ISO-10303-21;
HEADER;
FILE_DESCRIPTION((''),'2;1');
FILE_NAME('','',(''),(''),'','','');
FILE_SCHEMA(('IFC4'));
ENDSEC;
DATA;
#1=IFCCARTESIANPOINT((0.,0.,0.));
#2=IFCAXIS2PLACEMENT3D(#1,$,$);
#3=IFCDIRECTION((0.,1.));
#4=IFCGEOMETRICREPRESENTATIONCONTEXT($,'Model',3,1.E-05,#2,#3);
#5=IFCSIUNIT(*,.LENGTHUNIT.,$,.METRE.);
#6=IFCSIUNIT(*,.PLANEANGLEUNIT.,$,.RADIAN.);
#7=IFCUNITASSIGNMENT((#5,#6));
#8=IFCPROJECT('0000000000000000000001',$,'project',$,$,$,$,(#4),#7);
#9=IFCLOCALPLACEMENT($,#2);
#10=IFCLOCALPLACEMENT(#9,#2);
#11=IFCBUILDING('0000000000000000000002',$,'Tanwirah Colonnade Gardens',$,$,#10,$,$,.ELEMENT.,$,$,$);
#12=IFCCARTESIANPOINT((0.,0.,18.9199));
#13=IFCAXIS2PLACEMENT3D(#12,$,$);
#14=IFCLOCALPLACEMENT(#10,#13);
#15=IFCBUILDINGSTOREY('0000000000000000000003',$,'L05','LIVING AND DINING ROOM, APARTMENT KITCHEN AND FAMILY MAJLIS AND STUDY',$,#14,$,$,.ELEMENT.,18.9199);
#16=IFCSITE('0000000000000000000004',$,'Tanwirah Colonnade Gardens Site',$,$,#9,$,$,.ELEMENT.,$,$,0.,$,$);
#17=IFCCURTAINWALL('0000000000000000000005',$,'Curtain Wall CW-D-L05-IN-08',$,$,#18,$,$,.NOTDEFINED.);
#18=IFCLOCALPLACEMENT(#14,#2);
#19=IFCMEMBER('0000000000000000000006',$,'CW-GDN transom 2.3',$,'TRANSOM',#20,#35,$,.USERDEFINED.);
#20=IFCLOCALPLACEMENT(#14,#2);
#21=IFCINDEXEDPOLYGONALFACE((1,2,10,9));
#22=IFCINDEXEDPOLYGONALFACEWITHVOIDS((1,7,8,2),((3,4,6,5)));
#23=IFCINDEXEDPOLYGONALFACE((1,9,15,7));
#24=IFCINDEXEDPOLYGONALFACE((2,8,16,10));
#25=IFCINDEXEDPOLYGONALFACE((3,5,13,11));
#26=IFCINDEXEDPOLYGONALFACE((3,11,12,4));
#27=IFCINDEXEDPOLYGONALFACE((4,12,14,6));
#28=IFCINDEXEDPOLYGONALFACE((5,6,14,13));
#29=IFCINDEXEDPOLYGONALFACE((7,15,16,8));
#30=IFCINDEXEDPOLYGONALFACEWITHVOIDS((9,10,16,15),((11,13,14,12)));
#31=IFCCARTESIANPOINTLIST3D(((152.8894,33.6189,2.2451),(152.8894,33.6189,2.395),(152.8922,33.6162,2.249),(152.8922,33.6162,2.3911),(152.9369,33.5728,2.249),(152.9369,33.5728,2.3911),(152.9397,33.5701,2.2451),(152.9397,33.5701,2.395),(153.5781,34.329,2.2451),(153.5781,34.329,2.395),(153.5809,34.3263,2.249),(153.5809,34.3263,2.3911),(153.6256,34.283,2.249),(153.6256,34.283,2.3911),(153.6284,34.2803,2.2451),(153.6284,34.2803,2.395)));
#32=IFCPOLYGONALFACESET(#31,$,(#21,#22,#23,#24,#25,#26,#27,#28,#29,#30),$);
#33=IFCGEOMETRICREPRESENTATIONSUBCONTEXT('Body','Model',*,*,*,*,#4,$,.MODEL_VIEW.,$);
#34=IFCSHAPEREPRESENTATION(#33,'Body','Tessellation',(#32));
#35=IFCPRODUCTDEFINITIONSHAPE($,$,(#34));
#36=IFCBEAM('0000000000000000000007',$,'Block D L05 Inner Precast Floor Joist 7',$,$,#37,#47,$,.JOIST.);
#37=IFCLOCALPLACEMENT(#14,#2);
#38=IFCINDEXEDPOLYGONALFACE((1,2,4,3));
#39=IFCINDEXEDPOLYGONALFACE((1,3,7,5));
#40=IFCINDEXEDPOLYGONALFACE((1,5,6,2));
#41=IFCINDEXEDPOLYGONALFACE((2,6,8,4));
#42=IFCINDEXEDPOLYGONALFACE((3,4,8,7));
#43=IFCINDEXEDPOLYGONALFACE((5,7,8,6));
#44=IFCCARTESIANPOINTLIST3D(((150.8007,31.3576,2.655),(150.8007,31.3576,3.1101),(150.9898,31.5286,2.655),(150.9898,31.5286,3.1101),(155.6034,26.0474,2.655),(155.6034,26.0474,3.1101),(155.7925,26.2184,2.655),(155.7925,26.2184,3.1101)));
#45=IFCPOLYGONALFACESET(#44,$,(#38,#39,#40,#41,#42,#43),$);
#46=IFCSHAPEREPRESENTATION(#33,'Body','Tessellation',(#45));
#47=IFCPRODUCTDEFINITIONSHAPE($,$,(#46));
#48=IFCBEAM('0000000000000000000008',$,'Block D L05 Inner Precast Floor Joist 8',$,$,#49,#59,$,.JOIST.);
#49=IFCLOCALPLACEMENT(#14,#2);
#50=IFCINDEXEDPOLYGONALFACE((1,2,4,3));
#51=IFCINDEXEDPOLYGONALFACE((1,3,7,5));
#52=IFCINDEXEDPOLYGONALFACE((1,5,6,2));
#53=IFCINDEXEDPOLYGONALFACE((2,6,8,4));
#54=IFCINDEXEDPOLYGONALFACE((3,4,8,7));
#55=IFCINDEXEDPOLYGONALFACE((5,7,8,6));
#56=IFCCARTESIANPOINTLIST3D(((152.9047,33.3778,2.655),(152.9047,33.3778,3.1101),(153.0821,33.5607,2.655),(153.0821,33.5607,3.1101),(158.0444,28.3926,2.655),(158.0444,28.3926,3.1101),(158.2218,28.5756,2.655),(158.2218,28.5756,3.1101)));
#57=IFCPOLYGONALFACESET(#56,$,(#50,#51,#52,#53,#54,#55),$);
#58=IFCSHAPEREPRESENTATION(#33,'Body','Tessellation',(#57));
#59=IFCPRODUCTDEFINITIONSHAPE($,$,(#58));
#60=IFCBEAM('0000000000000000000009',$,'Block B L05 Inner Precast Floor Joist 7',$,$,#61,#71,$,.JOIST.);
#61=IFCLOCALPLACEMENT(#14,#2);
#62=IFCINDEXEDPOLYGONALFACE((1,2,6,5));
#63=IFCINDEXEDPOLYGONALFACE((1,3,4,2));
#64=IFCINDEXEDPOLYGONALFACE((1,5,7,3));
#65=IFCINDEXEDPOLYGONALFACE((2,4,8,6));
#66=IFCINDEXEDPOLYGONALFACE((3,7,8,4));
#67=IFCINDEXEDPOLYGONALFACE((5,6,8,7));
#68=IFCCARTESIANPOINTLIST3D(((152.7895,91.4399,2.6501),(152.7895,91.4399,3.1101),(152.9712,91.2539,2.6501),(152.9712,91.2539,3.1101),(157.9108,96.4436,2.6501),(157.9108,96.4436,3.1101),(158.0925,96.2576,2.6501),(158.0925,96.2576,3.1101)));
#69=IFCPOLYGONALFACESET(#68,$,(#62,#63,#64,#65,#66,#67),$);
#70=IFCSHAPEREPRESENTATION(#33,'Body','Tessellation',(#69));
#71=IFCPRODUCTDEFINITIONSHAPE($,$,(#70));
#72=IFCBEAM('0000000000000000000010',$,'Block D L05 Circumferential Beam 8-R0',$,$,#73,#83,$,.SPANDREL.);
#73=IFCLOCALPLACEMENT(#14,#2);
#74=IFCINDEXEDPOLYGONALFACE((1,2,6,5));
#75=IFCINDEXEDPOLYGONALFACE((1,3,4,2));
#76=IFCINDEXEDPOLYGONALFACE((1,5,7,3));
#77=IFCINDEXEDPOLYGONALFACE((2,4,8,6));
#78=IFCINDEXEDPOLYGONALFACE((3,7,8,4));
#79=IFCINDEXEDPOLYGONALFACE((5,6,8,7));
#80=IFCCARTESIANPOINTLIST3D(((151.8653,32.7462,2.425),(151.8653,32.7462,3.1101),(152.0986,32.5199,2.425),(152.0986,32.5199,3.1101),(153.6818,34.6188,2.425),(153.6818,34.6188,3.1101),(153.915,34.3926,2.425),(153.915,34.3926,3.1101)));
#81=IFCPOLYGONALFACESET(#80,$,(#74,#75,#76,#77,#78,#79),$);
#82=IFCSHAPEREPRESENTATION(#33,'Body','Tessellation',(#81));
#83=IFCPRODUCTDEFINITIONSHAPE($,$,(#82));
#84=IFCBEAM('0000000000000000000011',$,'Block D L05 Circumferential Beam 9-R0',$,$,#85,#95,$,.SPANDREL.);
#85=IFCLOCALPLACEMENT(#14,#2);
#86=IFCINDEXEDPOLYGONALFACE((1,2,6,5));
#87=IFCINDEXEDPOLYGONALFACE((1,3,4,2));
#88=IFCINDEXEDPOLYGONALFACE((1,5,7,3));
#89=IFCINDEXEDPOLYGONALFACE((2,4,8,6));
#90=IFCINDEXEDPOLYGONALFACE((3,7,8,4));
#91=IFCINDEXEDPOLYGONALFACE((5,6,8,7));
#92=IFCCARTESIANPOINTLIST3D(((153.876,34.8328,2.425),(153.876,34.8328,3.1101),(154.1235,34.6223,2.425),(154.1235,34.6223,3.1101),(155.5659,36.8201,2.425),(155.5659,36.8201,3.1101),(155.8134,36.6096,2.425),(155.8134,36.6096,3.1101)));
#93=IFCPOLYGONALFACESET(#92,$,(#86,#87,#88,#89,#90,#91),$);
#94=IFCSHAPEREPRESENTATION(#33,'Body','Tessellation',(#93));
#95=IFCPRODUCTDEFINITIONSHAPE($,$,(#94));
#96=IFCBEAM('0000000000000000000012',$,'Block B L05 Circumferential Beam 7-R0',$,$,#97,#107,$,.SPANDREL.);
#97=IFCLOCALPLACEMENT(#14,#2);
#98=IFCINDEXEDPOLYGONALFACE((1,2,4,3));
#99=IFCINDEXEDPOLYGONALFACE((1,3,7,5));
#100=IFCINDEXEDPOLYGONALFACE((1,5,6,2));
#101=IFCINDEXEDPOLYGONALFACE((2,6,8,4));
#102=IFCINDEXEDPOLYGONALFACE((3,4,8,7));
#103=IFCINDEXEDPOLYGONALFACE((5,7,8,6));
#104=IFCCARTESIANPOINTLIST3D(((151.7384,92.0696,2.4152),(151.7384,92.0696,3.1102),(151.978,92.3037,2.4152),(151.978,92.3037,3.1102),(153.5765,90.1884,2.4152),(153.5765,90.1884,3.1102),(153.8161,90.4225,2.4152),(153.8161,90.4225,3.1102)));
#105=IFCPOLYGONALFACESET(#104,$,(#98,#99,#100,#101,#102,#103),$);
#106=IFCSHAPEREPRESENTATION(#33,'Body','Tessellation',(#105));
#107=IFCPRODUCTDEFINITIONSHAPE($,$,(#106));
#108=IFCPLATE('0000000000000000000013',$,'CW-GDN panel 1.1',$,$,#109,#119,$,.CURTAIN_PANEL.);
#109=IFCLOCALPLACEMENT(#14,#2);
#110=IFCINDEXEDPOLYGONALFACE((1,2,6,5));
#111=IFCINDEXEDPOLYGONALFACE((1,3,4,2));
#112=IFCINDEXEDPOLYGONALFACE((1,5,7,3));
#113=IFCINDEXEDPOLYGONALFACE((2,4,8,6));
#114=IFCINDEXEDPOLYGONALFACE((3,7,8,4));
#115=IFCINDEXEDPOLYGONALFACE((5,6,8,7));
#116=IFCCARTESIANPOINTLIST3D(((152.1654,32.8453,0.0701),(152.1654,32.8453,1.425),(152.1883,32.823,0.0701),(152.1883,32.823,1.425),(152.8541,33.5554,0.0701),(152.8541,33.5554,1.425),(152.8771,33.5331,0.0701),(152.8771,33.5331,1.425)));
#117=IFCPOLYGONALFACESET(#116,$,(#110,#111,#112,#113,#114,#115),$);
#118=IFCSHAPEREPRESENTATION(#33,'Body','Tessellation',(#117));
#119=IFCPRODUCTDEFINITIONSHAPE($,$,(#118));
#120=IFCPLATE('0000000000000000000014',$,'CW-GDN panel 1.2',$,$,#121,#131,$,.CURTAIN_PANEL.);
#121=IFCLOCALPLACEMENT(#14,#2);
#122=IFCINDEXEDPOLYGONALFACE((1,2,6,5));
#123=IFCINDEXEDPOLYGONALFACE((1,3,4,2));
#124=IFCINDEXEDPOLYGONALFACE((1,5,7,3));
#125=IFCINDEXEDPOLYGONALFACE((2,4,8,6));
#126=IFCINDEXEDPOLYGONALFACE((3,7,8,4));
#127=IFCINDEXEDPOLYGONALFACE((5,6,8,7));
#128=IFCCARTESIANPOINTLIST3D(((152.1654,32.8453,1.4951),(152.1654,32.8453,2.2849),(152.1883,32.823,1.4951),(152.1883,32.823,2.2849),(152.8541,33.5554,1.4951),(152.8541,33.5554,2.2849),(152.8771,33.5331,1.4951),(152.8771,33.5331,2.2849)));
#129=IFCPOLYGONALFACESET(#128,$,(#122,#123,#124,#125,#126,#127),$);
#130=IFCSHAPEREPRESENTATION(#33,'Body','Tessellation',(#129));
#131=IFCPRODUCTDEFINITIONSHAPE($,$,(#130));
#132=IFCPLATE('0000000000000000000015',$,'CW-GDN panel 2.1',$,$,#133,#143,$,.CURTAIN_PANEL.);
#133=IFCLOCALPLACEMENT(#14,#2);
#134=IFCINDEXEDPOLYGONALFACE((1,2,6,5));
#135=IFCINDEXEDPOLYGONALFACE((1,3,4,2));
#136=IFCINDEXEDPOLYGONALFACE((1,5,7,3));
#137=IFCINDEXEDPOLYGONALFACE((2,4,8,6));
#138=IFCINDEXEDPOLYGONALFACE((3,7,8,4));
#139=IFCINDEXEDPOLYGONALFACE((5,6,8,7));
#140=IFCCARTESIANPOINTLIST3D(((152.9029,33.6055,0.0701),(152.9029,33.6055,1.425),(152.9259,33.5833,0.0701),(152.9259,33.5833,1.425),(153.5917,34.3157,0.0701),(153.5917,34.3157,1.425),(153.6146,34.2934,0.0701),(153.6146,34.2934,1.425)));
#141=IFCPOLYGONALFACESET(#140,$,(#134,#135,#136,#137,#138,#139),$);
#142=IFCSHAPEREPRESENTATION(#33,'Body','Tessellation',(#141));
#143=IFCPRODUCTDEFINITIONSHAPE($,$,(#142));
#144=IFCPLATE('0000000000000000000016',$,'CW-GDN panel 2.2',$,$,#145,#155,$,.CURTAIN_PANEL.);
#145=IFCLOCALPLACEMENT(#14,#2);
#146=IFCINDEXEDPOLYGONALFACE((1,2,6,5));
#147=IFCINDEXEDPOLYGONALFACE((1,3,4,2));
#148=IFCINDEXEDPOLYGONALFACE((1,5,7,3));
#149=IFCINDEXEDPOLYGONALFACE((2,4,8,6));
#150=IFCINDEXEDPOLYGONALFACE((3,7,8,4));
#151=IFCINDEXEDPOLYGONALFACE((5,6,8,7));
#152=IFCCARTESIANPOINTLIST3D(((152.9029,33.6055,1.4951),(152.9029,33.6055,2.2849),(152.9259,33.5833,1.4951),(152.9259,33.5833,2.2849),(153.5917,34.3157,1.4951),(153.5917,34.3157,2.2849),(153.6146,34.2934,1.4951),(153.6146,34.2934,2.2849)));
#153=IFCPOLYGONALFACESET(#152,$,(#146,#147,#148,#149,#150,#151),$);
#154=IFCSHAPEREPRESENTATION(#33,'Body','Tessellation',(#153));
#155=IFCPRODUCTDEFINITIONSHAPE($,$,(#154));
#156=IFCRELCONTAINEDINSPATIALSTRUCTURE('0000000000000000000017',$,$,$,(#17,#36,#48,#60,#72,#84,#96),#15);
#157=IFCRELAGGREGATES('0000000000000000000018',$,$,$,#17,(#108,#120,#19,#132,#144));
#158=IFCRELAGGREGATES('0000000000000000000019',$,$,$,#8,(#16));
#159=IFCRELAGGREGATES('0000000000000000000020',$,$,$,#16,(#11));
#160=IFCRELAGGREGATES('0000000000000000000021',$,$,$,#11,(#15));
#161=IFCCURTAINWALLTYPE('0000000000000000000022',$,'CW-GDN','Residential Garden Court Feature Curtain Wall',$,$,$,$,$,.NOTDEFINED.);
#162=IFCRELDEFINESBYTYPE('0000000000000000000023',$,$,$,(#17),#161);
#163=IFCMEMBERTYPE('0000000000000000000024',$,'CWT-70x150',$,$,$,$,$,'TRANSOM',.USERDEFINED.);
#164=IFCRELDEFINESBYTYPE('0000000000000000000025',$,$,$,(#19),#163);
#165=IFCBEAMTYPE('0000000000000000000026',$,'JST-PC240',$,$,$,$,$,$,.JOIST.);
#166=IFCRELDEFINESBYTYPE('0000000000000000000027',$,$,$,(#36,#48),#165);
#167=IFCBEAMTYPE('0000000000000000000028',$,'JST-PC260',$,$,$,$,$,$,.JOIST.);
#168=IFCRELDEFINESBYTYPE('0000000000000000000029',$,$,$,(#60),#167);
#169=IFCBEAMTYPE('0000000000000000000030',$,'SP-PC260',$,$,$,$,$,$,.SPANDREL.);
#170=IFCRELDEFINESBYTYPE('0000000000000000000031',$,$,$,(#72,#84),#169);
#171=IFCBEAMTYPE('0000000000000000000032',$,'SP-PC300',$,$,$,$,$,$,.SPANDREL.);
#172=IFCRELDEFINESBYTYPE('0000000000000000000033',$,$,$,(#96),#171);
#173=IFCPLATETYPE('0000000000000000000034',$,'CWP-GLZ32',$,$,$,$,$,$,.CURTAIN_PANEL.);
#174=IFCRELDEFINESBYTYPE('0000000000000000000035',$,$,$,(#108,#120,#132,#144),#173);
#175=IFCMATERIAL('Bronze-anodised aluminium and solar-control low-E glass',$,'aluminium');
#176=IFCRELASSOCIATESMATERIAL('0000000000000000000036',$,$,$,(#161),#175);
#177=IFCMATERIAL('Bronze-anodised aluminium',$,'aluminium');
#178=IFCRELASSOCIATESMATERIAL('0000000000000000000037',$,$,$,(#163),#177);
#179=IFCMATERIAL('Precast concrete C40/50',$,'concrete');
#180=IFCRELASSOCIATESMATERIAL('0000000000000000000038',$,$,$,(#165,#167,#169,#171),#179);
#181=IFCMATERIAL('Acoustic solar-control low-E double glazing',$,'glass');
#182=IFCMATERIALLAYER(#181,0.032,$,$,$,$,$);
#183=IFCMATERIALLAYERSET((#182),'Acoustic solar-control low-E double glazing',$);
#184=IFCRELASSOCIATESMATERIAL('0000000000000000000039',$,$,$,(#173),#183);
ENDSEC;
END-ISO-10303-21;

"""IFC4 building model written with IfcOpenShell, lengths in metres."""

from ifc_helpers import new_model, si_unit, direction, frame, origin, origin_2d, place, context, subcontext, project, spatial, rectangle, hollow_rectangle, extrude, material, layer, layer_set, material_profile, profile_set, type_object, element, aggregate, save


model = new_model("IFC4")

# Units and contexts
model_context = context("Model", 3, precision=1e-05, world=origin(), true_north=direction((0.0, 1.0)))
body_context = subcontext(model_context, "Body", "Model", "MODEL_VIEW")
ifc_project = project(units=[si_unit("LENGTHUNIT", "METRE"), si_unit("PLANEANGLEUNIT", "RADIAN")], contexts=[model_context])

# Site, building, storey
site_placement = place(None, origin())
site = spatial("IfcSite", under=ifc_project, at=site_placement, Name="Tanwirah Colonnade Gardens Site", CompositionType="ELEMENT", RefElevation=0.0)
building_placement = place(site_placement, origin())
building = spatial("IfcBuilding", under=site, at=building_placement, Name="Tanwirah Colonnade Gardens", CompositionType="ELEMENT")
storey_placement = place(building_placement, frame((0.0, 0.0, 18.9199)))
storey = spatial("IfcBuildingStorey", under=building, at=storey_placement, Name="L05", Description="LIVING AND DINING ROOM, APARTMENT KITCHEN AND FAMILY MAJLIS AND STUDY", CompositionType="ELEMENT", Elevation=18.9199)

# Shared definitions
ifc_material_1 = material(Name="Precast concrete C40/50", Category="concrete")

# Curtain wall, member
ifc_material_2 = material(Name="Bronze-anodised aluminium and solar-control low-E glass", Category="aluminium")
curtain_wall_type = type_object("IfcCurtainWallType", Name="CW-GDN", Description="Residential Garden Court Feature Curtain Wall", PredefinedType="NOTDEFINED", material=ifc_material_2)
curtain_wall_placement = place(storey_placement, origin())
curtain_wall = element("IfcCurtainWall", 1, at=curtain_wall_placement, inside=storey, type_object=curtain_wall_type, Name="Curtain Wall CW-D-L05-IN-08", PredefinedType="NOTDEFINED")
ifc_material_3 = material(Name="Bronze-anodised aluminium", Category="aluminium")
ifc_material_profile_1 = material_profile(ifc_material_3, hollow_rectangle(XDim=0.0701, YDim=0.1499, WallThickness=0.0039, at=origin_2d()), Name="CW-TRN 70x150x4")
ifc_profile_set_1 = profile_set([ifc_material_profile_1], Name="Bronze-anodised aluminium")
member_type_1 = type_object("IfcMemberType", Name="CWT-70x150", ElementType="TRANSOM", PredefinedType="USERDEFINED", material=ifc_profile_set_1)
member_1_placement = place(storey_placement, frame((152.9146, 33.5945, 2.3201), z_axis=(0.696165, 0.717882, 0.0), x_axis=(-0.717882, 0.696165, 0.0)))
member_1 = element("IfcMember", 2, at=member_1_placement, type_object=member_type_1, Name="CW-GDN transom 2.3", ObjectType="TRANSOM", PredefinedType="USERDEFINED", context=body_context, shape_type="SweptSolid", body=[
    extrude(hollow_rectangle(XDim=0.0701, YDim=0.1499, WallThickness=0.0039, at=origin_2d()), origin(), (0.0, 0.0, 1.0), 0.9893),
])

# Beams
ifc_material_profile_2 = material_profile(ifc_material_1, rectangle(XDim=0.2549, YDim=0.4551, at=origin_2d()), Name="PC-JST 255x455")
ifc_profile_set_2 = profile_set([ifc_material_profile_2], Name="Precast concrete C40/50")
beam_type_1 = type_object("IfcBeamType", Name="JST-PC240", PredefinedType="JOIST", material=ifc_profile_set_2)
beam_1_placement = place(storey_placement, frame((150.8953, 31.4431, 2.8826), z_axis=(0.670773, -0.741663, 0.0), x_axis=(0.741663, 0.670773, 0.0)))
element("IfcBeam", 3, at=beam_1_placement, inside=storey, type_object=beam_type_1, Name="Block D L05 Inner Precast Floor Joist 7", PredefinedType="JOIST", context=body_context, shape_type="SweptSolid", body=[
    extrude(rectangle(XDim=0.2549, YDim=0.4551, at=origin_2d()), origin(), (0.0, 0.0, 1.0), 7.1599),
])
beam_2_placement = place(storey_placement, frame((152.9934, 33.4692, 2.8826), z_axis=(0.717816, -0.696233, 0.0), x_axis=(0.696233, 0.717816, 0.0)))
element("IfcBeam", 4, at=beam_2_placement, inside=storey, type_object=beam_type_1, Name="Block D L05 Inner Precast Floor Joist 8", PredefinedType="JOIST", context=body_context, shape_type="SweptSolid", body=[
    extrude(rectangle(XDim=0.2549, YDim=0.4551, at=origin_2d()), origin(), (0.0, 0.0, 1.0), 7.1602),
])
ifc_material_profile_3 = material_profile(ifc_material_1, rectangle(XDim=0.26, YDim=0.46, at=origin_2d()), Name="PC-JST 260x460")
ifc_profile_set_3 = profile_set([ifc_material_profile_3], Name="Precast concrete C40/50")
beam_type_2 = type_object("IfcBeamType", Name="JST-PC260", PredefinedType="JOIST", material=ifc_profile_set_3)
beam_3_placement = place(storey_placement, frame((152.8804, 91.3469, 2.8801), z_axis=(0.715277, 0.698841, 0.0), x_axis=(-0.698841, 0.715277, 0.0)))
element("IfcBeam", 5, at=beam_3_placement, inside=storey, type_object=beam_type_2, Name="Block B L05 Inner Precast Floor Joist 7", PredefinedType="JOIST", context=body_context, shape_type="SweptSolid", body=[
    extrude(rectangle(XDim=0.26, YDim=0.46, at=origin_2d()), origin(), (0.0, 0.0, 1.0), 7.1599),
])
ifc_material_profile_4 = material_profile(ifc_material_1, rectangle(XDim=0.325, YDim=0.6851, at=origin_2d()), Name="PC-SP 325x685")
ifc_profile_set_4 = profile_set([ifc_material_profile_4], Name="Precast concrete C40/50")
beam_type_3 = type_object("IfcBeamType", Name="SP-PC260", PredefinedType="SPANDREL", material=ifc_profile_set_4)
beam_4_placement = place(storey_placement, frame((151.9819, 32.6331, 2.7676), z_axis=(0.696263, 0.717787, 0.0), x_axis=(-0.717787, 0.696263, 0.0)))
element("IfcBeam", 6, at=beam_4_placement, inside=storey, type_object=beam_type_3, Name="Block D L05 Circumferential Beam 8-R0", PredefinedType="SPANDREL", context=body_context, shape_type="SweptSolid", body=[
    extrude(rectangle(XDim=0.325, YDim=0.6851, at=origin_2d()), origin(), (0.0, 0.0, 1.0), 2.6089),
])
beam_5_placement = place(storey_placement, frame((153.9998, 34.7275, 2.7676), z_axis=(0.647811, 0.761801, 0.0), x_axis=(-0.761801, 0.647811, 0.0)))
element("IfcBeam", 7, at=beam_5_placement, inside=storey, type_object=beam_type_3, Name="Block D L05 Circumferential Beam 9-R0", PredefinedType="SPANDREL", context=body_context, shape_type="SweptSolid", body=[
    extrude(rectangle(XDim=0.325, YDim=0.6851, at=origin_2d()), origin(), (0.0, 0.0, 1.0), 2.6086),
])
ifc_material_profile_5 = material_profile(ifc_material_1, rectangle(XDim=0.335, YDim=0.6951, at=origin_2d()), Name="PC-SP 335x695")
ifc_profile_set_5 = profile_set([ifc_material_profile_5], Name="Precast concrete C40/50")
beam_type_4 = type_object("IfcBeamType", Name="SP-PC300", PredefinedType="SPANDREL", material=ifc_profile_set_5)
beam_6_placement = place(storey_placement, frame((153.6963, 90.3054, 2.7627), z_axis=(-0.698844, 0.715274, 0.0), x_axis=(-0.715274, -0.698844, 0.0)))
element("IfcBeam", 8, at=beam_6_placement, inside=storey, type_object=beam_type_4, Name="Block B L05 Circumferential Beam 7-R0", PredefinedType="SPANDREL", context=body_context, shape_type="SweptSolid", body=[
    extrude(rectangle(XDim=0.335, YDim=0.6951, at=origin_2d()), origin(), (0.0, 0.0, 1.0), 2.6301),
])

# Plates
ifc_material_4 = material(Name="Acoustic solar-control low-E double glazing", Category="glass")
ifc_layer_1 = layer(ifc_material_4, 0.032)
ifc_layer_set_1 = layer_set([ifc_layer_1], Name="Acoustic solar-control low-E double glazing")
plate_type = type_object("IfcPlateType", Name="CWP-GLZ32", PredefinedType="CURTAIN_PANEL", material=ifc_layer_set_1)
plate_1_placement = place(storey_placement, frame((152.5212, 33.1892, 0.0701), z_axis=(0.0, 0.0, 1.0), x_axis=(0.696223, 0.717825, 0.0)))
plate_1 = element("IfcPlate", 9, at=plate_1_placement, type_object=plate_type, Name="CW-GDN panel 1.1", PredefinedType="CURTAIN_PANEL", context=body_context, shape_type="SweptSolid", body=[
    extrude(rectangle(XDim=0.9893, YDim=0.032, at=origin_2d()), origin(), (0.0, 0.0, 1.0), 1.355),
])
plate_2_placement = place(storey_placement, frame((152.5212, 33.1892, 1.4951), z_axis=(0.0, 0.0, 1.0), x_axis=(0.696223, 0.717825, 0.0)))
plate_2 = element("IfcPlate", 10, at=plate_2_placement, type_object=plate_type, Name="CW-GDN panel 1.2", PredefinedType="CURTAIN_PANEL", context=body_context, shape_type="SweptSolid", body=[
    extrude(rectangle(XDim=0.9893, YDim=0.032, at=origin_2d()), origin(), (0.0, 0.0, 1.0), 0.7898),
])
plate_3_placement = place(storey_placement, frame((153.2588, 33.9495, 0.0701), z_axis=(0.0, 0.0, 1.0), x_axis=(0.696223, 0.717825, 0.0)))
plate_3 = element("IfcPlate", 11, at=plate_3_placement, type_object=plate_type, Name="CW-GDN panel 2.1", PredefinedType="CURTAIN_PANEL", context=body_context, shape_type="SweptSolid", body=[
    extrude(rectangle(XDim=0.9893, YDim=0.032, at=origin_2d()), origin(), (0.0, 0.0, 1.0), 1.355),
])
plate_4_placement = place(storey_placement, frame((153.2588, 33.9495, 1.4951), z_axis=(0.0, 0.0, 1.0), x_axis=(0.696223, 0.717825, 0.0)))
plate_4 = element("IfcPlate", 12, at=plate_4_placement, type_object=plate_type, Name="CW-GDN panel 2.2", PredefinedType="CURTAIN_PANEL", context=body_context, shape_type="SweptSolid", body=[
    extrude(rectangle(XDim=0.9893, YDim=0.032, at=origin_2d()), origin(), (0.0, 0.0, 1.0), 0.7898),
])
aggregate(curtain_wall, [plate_1, plate_2, member_1, plate_3, plate_4])

save(model, "model.ifc")
